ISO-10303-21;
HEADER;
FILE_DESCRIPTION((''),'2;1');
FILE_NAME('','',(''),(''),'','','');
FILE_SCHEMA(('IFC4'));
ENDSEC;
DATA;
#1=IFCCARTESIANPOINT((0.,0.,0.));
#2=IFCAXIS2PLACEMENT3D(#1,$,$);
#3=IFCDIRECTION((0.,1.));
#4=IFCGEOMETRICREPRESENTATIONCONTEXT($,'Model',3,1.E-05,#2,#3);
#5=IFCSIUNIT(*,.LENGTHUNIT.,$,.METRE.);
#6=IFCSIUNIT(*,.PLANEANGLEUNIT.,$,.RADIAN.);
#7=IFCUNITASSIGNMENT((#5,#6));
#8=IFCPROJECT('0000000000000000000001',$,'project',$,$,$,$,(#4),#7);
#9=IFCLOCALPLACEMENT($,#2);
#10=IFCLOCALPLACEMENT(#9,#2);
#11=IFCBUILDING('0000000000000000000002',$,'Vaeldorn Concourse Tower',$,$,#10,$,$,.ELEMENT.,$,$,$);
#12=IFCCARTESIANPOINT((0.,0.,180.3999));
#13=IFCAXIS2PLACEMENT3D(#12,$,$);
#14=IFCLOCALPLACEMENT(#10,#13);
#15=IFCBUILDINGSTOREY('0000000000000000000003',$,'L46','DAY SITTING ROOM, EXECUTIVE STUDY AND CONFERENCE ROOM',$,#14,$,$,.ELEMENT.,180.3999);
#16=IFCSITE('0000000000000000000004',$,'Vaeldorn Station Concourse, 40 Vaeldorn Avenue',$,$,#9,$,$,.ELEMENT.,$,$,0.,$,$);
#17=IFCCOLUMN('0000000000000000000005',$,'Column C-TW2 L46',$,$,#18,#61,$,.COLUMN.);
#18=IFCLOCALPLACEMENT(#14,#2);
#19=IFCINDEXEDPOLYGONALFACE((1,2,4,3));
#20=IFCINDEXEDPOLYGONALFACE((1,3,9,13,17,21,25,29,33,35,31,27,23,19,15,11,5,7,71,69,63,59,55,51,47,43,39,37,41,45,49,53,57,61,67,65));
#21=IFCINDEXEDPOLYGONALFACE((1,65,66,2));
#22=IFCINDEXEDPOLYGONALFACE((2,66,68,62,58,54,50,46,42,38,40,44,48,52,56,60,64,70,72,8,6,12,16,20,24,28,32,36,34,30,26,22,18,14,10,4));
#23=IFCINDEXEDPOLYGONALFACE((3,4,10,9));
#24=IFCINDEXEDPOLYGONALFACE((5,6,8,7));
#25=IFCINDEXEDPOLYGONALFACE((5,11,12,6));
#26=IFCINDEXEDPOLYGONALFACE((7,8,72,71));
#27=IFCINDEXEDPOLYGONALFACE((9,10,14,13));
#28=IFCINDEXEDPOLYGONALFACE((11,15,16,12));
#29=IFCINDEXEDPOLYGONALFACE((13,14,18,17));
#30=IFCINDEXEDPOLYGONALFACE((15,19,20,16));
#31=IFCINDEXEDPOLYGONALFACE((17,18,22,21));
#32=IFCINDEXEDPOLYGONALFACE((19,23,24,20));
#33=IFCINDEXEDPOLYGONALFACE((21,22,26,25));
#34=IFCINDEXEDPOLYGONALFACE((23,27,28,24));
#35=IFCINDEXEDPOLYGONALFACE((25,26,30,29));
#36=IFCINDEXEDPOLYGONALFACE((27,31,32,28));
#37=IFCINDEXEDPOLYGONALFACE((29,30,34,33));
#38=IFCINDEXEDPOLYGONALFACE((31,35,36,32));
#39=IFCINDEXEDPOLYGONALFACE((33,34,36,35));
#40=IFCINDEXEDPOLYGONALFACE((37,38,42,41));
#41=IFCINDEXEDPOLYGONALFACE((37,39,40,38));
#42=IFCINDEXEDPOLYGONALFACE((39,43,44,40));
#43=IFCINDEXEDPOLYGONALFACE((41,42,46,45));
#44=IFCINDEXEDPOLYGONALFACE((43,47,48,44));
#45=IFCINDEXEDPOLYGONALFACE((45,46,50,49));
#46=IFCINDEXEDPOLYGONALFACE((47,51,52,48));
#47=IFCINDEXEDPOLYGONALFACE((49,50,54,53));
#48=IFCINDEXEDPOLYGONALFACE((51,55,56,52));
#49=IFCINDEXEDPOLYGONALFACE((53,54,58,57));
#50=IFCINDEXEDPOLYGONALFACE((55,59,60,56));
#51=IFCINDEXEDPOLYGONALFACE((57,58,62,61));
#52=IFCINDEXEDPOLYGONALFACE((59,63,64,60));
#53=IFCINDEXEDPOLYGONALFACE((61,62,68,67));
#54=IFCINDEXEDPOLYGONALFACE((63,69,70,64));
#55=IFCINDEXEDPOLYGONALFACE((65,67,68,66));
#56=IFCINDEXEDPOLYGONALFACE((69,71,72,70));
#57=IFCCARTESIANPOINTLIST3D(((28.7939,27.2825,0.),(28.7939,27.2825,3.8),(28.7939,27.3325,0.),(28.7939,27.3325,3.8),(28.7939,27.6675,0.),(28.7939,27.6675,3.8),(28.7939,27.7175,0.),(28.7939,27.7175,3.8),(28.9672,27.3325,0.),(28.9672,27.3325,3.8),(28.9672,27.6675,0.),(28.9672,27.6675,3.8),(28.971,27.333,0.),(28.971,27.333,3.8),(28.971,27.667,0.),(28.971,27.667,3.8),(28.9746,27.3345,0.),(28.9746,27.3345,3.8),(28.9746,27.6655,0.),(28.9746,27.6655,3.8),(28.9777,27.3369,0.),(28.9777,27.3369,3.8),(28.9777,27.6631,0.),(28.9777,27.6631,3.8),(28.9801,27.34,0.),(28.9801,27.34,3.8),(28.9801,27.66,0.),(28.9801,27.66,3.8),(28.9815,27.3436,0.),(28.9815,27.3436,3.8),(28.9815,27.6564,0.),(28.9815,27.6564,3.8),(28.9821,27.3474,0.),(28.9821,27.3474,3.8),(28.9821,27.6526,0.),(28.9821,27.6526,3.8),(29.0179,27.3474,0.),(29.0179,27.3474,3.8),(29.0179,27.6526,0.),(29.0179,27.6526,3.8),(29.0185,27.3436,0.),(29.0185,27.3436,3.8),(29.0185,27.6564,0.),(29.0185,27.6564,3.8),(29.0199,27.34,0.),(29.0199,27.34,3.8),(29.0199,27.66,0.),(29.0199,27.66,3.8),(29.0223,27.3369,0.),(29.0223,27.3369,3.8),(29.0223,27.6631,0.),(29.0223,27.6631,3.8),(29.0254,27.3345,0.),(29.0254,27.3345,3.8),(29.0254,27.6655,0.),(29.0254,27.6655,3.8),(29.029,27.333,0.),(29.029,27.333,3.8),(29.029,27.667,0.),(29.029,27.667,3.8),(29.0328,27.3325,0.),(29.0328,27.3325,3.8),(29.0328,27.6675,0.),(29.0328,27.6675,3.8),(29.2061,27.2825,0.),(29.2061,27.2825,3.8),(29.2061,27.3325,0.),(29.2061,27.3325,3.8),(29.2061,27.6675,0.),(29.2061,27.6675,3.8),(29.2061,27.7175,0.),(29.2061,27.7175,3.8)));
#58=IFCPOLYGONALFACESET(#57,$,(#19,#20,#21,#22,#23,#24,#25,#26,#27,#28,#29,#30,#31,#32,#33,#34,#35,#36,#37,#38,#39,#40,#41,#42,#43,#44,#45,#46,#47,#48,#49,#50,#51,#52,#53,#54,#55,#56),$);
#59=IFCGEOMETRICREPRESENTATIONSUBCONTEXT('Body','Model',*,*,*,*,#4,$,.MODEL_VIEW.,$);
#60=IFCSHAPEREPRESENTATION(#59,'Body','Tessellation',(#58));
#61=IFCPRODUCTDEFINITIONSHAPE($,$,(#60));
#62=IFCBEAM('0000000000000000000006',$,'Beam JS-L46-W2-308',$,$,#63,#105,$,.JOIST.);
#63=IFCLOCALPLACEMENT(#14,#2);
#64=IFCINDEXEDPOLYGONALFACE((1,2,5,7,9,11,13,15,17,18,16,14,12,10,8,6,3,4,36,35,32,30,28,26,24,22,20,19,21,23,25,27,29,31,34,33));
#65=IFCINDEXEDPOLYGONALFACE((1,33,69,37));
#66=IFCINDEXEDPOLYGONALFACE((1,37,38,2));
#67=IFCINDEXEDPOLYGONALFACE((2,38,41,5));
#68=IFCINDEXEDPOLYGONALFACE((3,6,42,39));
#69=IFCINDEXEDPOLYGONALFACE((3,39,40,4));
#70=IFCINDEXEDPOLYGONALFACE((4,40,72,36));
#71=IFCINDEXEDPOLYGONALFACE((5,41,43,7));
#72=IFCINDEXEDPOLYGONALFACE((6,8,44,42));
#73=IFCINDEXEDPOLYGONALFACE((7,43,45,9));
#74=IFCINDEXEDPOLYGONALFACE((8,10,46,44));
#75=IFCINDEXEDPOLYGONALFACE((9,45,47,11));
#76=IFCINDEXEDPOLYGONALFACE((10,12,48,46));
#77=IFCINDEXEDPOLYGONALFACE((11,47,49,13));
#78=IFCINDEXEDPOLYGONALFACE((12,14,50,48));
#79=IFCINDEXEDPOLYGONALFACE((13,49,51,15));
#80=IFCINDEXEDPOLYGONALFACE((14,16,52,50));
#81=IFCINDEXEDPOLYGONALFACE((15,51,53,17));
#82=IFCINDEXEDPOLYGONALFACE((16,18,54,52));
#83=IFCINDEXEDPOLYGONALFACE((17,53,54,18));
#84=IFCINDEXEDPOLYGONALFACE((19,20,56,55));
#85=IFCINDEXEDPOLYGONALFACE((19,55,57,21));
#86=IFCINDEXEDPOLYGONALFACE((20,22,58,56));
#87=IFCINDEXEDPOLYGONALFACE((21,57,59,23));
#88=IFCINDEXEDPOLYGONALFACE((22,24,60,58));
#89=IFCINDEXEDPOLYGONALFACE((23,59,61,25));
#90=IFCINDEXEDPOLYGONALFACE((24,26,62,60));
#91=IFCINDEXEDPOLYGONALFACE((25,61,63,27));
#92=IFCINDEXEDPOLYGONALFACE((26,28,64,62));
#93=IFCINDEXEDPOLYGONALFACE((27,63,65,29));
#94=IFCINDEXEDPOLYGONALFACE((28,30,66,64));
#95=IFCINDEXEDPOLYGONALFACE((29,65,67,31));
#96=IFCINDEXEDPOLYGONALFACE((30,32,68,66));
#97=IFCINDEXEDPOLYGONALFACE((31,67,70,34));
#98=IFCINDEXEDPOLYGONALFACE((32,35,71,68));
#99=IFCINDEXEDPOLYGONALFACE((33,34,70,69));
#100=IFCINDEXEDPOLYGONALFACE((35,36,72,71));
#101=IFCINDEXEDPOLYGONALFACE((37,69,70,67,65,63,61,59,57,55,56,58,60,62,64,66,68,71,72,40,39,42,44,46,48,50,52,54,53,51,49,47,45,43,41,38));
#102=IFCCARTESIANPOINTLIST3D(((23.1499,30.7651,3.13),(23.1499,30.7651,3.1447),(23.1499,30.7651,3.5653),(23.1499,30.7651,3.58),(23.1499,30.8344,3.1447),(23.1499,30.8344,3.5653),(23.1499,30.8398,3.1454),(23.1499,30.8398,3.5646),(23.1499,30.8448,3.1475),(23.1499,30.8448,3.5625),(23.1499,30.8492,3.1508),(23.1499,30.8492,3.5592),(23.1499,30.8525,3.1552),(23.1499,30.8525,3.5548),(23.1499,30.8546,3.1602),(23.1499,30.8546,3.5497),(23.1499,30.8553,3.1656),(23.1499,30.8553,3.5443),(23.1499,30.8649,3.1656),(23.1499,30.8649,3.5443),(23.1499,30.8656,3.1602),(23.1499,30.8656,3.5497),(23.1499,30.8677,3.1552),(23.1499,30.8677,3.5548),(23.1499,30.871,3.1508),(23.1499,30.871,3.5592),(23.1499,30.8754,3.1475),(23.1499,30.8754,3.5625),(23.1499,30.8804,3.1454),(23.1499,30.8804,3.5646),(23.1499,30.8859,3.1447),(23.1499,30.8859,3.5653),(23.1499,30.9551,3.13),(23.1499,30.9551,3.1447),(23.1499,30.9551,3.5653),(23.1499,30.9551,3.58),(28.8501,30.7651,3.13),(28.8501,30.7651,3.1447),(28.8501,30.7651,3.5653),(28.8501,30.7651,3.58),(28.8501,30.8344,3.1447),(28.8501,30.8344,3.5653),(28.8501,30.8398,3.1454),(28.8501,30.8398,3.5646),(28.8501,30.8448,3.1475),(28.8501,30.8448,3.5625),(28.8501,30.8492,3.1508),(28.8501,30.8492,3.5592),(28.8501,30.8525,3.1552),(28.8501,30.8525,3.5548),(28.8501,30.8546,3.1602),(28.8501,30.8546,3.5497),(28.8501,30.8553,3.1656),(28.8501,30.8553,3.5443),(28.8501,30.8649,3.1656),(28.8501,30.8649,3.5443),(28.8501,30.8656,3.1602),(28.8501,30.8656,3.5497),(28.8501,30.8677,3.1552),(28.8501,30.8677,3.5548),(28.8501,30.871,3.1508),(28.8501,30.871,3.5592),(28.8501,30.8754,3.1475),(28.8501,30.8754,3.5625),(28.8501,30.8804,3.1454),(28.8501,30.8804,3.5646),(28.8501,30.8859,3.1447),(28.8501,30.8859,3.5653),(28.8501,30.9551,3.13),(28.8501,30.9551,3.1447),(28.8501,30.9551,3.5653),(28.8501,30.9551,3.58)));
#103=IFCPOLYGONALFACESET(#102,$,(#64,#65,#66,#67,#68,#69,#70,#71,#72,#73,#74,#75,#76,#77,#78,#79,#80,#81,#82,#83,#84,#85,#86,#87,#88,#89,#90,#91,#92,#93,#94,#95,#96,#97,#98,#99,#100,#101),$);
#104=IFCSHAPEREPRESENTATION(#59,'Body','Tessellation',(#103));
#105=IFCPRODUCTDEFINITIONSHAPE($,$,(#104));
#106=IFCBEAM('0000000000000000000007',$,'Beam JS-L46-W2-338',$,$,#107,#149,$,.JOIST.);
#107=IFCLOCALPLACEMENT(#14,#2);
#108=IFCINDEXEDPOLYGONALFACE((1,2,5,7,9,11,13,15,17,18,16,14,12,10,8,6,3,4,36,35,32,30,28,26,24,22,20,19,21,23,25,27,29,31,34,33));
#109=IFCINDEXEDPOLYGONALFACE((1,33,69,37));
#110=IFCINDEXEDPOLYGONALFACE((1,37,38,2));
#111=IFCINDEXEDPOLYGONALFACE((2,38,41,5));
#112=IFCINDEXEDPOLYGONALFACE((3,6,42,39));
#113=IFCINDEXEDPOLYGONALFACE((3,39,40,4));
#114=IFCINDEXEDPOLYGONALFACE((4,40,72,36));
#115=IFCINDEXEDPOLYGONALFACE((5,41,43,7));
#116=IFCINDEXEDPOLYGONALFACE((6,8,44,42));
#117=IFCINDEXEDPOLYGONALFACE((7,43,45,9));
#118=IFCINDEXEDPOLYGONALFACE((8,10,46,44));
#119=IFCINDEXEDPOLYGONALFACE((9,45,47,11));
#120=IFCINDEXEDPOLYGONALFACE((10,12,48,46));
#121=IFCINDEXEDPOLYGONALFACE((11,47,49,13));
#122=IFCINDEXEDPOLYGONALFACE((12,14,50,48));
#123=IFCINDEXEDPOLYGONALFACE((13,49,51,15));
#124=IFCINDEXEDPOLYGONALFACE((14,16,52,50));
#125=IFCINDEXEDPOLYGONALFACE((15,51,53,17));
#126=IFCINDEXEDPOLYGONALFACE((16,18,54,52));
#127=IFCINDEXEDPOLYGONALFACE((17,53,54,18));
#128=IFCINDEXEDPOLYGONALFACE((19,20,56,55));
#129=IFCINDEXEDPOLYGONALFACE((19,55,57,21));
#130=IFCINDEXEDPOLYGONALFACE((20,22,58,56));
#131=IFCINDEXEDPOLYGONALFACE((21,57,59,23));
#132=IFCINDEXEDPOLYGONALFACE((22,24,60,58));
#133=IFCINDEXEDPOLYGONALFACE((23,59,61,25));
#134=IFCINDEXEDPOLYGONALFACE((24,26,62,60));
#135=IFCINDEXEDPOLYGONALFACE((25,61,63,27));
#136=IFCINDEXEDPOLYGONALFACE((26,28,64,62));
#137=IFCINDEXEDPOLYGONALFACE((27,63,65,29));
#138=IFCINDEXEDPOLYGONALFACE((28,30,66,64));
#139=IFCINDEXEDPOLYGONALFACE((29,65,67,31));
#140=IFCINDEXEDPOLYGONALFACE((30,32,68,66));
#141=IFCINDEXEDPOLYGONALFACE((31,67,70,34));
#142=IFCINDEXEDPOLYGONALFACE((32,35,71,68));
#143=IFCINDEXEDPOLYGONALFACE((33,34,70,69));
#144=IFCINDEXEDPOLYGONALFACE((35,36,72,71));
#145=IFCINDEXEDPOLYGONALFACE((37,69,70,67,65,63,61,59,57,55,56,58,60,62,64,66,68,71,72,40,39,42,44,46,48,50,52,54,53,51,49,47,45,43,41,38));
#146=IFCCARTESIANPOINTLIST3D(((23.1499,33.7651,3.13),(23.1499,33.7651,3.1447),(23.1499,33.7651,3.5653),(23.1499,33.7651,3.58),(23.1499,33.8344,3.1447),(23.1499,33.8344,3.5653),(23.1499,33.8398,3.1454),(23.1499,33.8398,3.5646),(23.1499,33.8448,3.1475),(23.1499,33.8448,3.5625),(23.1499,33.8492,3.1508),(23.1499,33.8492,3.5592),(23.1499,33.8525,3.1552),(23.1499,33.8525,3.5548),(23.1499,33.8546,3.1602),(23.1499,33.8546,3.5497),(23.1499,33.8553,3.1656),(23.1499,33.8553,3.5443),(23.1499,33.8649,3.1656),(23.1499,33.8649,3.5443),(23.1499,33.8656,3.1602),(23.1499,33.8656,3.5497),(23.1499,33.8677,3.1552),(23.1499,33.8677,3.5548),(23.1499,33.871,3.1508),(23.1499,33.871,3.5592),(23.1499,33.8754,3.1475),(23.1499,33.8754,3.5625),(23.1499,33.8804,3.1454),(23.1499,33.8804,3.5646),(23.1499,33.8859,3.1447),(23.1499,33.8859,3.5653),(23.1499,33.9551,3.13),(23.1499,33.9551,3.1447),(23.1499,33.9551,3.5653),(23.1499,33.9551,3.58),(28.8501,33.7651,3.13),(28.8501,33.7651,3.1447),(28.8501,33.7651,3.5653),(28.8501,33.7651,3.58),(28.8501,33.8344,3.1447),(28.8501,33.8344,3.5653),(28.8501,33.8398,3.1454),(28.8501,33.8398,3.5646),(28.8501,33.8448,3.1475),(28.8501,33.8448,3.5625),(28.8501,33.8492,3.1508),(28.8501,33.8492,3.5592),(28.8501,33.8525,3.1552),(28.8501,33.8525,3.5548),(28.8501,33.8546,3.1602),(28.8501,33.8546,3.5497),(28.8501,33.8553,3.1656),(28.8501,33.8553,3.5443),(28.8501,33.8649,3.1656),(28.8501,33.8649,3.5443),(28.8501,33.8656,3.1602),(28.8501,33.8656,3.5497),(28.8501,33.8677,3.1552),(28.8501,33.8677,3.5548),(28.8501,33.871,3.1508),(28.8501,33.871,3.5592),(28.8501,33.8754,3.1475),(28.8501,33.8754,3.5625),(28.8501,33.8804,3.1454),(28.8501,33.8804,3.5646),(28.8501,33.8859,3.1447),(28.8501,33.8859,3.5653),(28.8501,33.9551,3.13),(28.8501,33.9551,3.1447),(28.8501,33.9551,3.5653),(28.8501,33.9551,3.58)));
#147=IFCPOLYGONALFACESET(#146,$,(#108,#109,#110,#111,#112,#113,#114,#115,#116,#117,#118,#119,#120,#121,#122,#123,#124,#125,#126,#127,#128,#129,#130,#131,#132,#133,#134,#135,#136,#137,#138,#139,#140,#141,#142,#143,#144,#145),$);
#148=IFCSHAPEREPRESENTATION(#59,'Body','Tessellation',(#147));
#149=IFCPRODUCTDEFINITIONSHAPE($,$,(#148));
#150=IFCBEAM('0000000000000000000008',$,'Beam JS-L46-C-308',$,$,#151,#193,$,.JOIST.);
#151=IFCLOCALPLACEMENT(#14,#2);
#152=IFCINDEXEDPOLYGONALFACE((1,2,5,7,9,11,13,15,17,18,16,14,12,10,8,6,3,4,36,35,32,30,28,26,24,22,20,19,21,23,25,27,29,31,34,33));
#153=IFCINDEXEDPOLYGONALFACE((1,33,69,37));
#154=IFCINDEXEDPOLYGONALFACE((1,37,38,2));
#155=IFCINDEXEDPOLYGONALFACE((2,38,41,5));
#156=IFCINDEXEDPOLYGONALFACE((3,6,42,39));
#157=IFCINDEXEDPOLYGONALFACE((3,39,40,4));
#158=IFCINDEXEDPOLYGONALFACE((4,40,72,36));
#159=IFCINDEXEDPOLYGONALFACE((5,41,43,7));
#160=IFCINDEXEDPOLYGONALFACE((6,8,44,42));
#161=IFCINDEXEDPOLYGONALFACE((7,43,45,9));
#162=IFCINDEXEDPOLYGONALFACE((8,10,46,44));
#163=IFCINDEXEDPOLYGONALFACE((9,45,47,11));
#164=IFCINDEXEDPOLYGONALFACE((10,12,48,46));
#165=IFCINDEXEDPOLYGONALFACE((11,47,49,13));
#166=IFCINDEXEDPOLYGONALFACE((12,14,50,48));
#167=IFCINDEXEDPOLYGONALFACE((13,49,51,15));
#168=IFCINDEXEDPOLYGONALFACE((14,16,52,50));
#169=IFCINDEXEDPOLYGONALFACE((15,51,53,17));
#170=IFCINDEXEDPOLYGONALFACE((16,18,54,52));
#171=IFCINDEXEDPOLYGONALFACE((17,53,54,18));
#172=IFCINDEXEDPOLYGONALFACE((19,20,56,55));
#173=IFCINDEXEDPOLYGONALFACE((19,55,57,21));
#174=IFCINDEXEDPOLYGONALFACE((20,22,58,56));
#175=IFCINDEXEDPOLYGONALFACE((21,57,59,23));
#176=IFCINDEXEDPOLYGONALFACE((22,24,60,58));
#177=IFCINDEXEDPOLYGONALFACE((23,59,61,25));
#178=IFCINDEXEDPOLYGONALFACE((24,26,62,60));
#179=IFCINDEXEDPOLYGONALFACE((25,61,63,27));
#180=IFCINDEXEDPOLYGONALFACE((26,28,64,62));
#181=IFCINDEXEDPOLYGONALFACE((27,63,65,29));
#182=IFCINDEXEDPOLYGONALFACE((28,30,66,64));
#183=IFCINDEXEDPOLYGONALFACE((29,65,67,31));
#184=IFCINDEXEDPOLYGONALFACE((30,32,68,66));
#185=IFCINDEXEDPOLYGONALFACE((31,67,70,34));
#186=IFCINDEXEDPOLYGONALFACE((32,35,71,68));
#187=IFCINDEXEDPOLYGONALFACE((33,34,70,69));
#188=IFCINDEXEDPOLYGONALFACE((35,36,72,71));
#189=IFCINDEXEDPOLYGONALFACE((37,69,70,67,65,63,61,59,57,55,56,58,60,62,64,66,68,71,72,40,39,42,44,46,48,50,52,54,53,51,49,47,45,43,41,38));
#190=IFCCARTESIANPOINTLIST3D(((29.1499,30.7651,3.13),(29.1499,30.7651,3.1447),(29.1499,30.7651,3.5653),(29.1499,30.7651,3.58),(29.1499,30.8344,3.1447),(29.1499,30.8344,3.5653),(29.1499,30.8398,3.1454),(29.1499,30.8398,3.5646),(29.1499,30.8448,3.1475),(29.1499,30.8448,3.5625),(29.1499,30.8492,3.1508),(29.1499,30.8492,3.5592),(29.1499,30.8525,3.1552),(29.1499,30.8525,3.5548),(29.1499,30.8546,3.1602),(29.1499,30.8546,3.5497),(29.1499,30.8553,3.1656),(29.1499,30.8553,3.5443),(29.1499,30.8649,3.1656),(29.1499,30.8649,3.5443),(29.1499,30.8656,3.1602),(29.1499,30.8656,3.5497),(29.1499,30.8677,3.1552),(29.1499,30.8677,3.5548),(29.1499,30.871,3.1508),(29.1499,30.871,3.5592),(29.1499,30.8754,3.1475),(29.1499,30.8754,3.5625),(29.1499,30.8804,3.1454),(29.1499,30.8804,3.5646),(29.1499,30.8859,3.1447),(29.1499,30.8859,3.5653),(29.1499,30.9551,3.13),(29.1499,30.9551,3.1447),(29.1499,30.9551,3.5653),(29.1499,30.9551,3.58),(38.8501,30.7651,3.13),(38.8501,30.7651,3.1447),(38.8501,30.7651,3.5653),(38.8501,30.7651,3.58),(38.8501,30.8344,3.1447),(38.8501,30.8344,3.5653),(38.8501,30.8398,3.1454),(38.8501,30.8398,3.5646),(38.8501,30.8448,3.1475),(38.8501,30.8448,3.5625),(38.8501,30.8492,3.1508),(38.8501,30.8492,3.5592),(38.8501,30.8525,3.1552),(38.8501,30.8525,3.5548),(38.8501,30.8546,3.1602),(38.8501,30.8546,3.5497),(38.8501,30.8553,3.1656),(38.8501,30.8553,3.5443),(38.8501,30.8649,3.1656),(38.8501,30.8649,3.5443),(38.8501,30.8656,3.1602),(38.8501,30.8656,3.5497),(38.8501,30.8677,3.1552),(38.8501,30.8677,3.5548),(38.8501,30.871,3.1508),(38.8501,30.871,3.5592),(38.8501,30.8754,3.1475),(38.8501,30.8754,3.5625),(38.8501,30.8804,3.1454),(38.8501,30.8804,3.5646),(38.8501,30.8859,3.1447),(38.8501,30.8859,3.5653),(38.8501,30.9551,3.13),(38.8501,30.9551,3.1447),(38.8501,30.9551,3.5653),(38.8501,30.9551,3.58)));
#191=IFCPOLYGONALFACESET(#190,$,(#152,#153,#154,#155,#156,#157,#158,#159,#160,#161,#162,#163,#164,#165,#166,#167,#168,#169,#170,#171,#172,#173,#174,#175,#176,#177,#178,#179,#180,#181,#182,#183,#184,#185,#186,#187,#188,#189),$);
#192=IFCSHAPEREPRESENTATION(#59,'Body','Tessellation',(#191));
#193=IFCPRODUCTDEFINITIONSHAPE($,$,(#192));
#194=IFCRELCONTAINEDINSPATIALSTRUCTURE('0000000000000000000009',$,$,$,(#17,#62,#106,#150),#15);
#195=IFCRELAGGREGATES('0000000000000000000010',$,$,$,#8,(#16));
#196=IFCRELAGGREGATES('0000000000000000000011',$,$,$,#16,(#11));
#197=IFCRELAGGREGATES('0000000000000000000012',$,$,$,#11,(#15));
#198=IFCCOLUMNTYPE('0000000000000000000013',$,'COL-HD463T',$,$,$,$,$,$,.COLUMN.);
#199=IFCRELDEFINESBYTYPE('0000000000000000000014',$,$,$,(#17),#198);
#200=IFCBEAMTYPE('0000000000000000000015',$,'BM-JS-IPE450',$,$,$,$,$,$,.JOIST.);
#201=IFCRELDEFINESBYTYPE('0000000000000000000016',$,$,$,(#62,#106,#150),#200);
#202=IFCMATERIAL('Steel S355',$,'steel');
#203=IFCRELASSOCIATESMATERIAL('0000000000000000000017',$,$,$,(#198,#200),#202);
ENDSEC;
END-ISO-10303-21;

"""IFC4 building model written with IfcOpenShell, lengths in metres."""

from ifc_helpers import new_model, si_unit, direction, frame, origin, origin_2d, place, context, subcontext, project, spatial, i_section, extrude, source, transform, mapped, material, material_profile, profile_set, type_object, element, save


model = new_model("IFC4")

# Units and contexts
model_context = context("Model", 3, precision=1e-05, world=origin(), true_north=direction((0.0, 1.0)))
body_context = subcontext(model_context, "Body", "Model", "MODEL_VIEW")
ifc_project = project(units=[si_unit("LENGTHUNIT", "METRE"), si_unit("PLANEANGLEUNIT", "RADIAN")], contexts=[model_context])

# Site, building, storey
site_placement = place(None, origin())
site = spatial("IfcSite", under=ifc_project, at=site_placement, Name="Vaeldorn Station Concourse, 40 Vaeldorn Avenue", CompositionType="ELEMENT", RefElevation=0.0)
building_placement = place(site_placement, origin())
building = spatial("IfcBuilding", under=site, at=building_placement, Name="Vaeldorn Concourse Tower", CompositionType="ELEMENT")
storey_placement = place(building_placement, frame((0.0, 0.0, 180.3999)))
storey = spatial("IfcBuildingStorey", under=building, at=storey_placement, Name="L46", Description="DAY SITTING ROOM, EXECUTIVE STUDY AND CONFERENCE ROOM", CompositionType="ELEMENT", Elevation=180.3999)

# Column
ifc_material_1 = material(Name="Steel S355", Category="steel")
ifc_material_profile_1 = material_profile(ifc_material_1, i_section(OverallWidth=0.4121, OverallDepth=0.4351, WebThickness=0.0359, FlangeThickness=0.05, FilletRadius=0.0149, at=origin_2d()), Name="HD 400x463")
ifc_profile_set_1 = profile_set([ifc_material_profile_1], Name="Steel S355")
column_type_1 = type_object("IfcColumnType", Name="COL-HD463T", PredefinedType="COLUMN", material=ifc_profile_set_1)
shared_shape_1 = source(origin(), body_context, "Body", "SweptSolid", [
    extrude(i_section(OverallWidth=0.4121, OverallDepth=0.4351, WebThickness=0.0359, FlangeThickness=0.05, FilletRadius=0.0149, at=origin_2d()), origin(), (0.0, 0.0, 1.0), 3.8),
])
column_1_placement = place(storey_placement, frame((29.0, 27.5, 0.0), z_axis=(0.0, 0.0, 1.0), x_axis=(1.0, 0.0, 0.0)))
element("IfcColumn", 1, at=column_1_placement, inside=storey, type_object=column_type_1, Name="Column C-TW2 L46", PredefinedType="COLUMN", context=body_context, shape_type="MappedRepresentation", body=[
    mapped(shared_shape_1, transform((0.0, 0.0, 0.0), scale=1.0)),
])

# Beams
ifc_material_profile_2 = material_profile(ifc_material_1, i_section(OverallWidth=0.1899, OverallDepth=0.45, WebThickness=0.0095, FlangeThickness=0.0146, FilletRadius=0.021, at=origin_2d()), Name="IPE 450")
ifc_profile_set_2 = profile_set([ifc_material_profile_2], Name="Steel S355")
beam_type_1 = type_object("IfcBeamType", Name="BM-JS-IPE450", PredefinedType="JOIST", material=ifc_profile_set_2)
shared_shape_2 = source(origin(), body_context, "Body", "SweptSolid", [
    extrude(i_section(OverallWidth=0.1899, OverallDepth=0.45, WebThickness=0.0095, FlangeThickness=0.0146, FilletRadius=0.021, at=origin_2d()), origin(), (0.0, 0.0, 1.0), 5.7002),
])
for number, where, z_axis, x_axis, name in (
    (2, (23.1499, 30.8601, 3.355), (1.0, 0.0, 0.0), (0.0, 1.0, 0.0), "Beam JS-L46-W2-308"),
    (3, (23.1499, 33.8601, 3.355), (1.0, 0.0, 0.0), (0.0, 1.0, 0.0), "Beam JS-L46-W2-338"),
):
    element("IfcBeam", number, at=place(storey_placement, frame(where, z_axis=z_axis, x_axis=x_axis)), inside=storey, type_object=beam_type_1, Name=name, PredefinedType="JOIST", context=body_context, shape_type="MappedRepresentation", body=[
        mapped(shared_shape_2, transform((0.0, 0.0, 0.0), scale=1.0)),
    ])
shared_shape_3 = source(origin(), body_context, "Body", "SweptSolid", [
    extrude(i_section(OverallWidth=0.1899, OverallDepth=0.45, WebThickness=0.0095, FlangeThickness=0.0146, FilletRadius=0.021, at=origin_2d()), origin(), (0.0, 0.0, 1.0), 9.7002),
])
for number, where, z_axis, x_axis, name in (
    (4, (29.1499, 30.8601, 3.355), (1.0, 0.0, 0.0), (0.0, 1.0, 0.0), "Beam JS-L46-C-308"),
):
    element("IfcBeam", number, at=place(storey_placement, frame(where, z_axis=z_axis, x_axis=x_axis)), inside=storey, type_object=beam_type_1, Name=name, PredefinedType="JOIST", context=body_context, shape_type="MappedRepresentation", body=[
        mapped(shared_shape_3, transform((0.0, 0.0, 0.0), scale=1.0)),
    ])

save(model, "model.ifc")
